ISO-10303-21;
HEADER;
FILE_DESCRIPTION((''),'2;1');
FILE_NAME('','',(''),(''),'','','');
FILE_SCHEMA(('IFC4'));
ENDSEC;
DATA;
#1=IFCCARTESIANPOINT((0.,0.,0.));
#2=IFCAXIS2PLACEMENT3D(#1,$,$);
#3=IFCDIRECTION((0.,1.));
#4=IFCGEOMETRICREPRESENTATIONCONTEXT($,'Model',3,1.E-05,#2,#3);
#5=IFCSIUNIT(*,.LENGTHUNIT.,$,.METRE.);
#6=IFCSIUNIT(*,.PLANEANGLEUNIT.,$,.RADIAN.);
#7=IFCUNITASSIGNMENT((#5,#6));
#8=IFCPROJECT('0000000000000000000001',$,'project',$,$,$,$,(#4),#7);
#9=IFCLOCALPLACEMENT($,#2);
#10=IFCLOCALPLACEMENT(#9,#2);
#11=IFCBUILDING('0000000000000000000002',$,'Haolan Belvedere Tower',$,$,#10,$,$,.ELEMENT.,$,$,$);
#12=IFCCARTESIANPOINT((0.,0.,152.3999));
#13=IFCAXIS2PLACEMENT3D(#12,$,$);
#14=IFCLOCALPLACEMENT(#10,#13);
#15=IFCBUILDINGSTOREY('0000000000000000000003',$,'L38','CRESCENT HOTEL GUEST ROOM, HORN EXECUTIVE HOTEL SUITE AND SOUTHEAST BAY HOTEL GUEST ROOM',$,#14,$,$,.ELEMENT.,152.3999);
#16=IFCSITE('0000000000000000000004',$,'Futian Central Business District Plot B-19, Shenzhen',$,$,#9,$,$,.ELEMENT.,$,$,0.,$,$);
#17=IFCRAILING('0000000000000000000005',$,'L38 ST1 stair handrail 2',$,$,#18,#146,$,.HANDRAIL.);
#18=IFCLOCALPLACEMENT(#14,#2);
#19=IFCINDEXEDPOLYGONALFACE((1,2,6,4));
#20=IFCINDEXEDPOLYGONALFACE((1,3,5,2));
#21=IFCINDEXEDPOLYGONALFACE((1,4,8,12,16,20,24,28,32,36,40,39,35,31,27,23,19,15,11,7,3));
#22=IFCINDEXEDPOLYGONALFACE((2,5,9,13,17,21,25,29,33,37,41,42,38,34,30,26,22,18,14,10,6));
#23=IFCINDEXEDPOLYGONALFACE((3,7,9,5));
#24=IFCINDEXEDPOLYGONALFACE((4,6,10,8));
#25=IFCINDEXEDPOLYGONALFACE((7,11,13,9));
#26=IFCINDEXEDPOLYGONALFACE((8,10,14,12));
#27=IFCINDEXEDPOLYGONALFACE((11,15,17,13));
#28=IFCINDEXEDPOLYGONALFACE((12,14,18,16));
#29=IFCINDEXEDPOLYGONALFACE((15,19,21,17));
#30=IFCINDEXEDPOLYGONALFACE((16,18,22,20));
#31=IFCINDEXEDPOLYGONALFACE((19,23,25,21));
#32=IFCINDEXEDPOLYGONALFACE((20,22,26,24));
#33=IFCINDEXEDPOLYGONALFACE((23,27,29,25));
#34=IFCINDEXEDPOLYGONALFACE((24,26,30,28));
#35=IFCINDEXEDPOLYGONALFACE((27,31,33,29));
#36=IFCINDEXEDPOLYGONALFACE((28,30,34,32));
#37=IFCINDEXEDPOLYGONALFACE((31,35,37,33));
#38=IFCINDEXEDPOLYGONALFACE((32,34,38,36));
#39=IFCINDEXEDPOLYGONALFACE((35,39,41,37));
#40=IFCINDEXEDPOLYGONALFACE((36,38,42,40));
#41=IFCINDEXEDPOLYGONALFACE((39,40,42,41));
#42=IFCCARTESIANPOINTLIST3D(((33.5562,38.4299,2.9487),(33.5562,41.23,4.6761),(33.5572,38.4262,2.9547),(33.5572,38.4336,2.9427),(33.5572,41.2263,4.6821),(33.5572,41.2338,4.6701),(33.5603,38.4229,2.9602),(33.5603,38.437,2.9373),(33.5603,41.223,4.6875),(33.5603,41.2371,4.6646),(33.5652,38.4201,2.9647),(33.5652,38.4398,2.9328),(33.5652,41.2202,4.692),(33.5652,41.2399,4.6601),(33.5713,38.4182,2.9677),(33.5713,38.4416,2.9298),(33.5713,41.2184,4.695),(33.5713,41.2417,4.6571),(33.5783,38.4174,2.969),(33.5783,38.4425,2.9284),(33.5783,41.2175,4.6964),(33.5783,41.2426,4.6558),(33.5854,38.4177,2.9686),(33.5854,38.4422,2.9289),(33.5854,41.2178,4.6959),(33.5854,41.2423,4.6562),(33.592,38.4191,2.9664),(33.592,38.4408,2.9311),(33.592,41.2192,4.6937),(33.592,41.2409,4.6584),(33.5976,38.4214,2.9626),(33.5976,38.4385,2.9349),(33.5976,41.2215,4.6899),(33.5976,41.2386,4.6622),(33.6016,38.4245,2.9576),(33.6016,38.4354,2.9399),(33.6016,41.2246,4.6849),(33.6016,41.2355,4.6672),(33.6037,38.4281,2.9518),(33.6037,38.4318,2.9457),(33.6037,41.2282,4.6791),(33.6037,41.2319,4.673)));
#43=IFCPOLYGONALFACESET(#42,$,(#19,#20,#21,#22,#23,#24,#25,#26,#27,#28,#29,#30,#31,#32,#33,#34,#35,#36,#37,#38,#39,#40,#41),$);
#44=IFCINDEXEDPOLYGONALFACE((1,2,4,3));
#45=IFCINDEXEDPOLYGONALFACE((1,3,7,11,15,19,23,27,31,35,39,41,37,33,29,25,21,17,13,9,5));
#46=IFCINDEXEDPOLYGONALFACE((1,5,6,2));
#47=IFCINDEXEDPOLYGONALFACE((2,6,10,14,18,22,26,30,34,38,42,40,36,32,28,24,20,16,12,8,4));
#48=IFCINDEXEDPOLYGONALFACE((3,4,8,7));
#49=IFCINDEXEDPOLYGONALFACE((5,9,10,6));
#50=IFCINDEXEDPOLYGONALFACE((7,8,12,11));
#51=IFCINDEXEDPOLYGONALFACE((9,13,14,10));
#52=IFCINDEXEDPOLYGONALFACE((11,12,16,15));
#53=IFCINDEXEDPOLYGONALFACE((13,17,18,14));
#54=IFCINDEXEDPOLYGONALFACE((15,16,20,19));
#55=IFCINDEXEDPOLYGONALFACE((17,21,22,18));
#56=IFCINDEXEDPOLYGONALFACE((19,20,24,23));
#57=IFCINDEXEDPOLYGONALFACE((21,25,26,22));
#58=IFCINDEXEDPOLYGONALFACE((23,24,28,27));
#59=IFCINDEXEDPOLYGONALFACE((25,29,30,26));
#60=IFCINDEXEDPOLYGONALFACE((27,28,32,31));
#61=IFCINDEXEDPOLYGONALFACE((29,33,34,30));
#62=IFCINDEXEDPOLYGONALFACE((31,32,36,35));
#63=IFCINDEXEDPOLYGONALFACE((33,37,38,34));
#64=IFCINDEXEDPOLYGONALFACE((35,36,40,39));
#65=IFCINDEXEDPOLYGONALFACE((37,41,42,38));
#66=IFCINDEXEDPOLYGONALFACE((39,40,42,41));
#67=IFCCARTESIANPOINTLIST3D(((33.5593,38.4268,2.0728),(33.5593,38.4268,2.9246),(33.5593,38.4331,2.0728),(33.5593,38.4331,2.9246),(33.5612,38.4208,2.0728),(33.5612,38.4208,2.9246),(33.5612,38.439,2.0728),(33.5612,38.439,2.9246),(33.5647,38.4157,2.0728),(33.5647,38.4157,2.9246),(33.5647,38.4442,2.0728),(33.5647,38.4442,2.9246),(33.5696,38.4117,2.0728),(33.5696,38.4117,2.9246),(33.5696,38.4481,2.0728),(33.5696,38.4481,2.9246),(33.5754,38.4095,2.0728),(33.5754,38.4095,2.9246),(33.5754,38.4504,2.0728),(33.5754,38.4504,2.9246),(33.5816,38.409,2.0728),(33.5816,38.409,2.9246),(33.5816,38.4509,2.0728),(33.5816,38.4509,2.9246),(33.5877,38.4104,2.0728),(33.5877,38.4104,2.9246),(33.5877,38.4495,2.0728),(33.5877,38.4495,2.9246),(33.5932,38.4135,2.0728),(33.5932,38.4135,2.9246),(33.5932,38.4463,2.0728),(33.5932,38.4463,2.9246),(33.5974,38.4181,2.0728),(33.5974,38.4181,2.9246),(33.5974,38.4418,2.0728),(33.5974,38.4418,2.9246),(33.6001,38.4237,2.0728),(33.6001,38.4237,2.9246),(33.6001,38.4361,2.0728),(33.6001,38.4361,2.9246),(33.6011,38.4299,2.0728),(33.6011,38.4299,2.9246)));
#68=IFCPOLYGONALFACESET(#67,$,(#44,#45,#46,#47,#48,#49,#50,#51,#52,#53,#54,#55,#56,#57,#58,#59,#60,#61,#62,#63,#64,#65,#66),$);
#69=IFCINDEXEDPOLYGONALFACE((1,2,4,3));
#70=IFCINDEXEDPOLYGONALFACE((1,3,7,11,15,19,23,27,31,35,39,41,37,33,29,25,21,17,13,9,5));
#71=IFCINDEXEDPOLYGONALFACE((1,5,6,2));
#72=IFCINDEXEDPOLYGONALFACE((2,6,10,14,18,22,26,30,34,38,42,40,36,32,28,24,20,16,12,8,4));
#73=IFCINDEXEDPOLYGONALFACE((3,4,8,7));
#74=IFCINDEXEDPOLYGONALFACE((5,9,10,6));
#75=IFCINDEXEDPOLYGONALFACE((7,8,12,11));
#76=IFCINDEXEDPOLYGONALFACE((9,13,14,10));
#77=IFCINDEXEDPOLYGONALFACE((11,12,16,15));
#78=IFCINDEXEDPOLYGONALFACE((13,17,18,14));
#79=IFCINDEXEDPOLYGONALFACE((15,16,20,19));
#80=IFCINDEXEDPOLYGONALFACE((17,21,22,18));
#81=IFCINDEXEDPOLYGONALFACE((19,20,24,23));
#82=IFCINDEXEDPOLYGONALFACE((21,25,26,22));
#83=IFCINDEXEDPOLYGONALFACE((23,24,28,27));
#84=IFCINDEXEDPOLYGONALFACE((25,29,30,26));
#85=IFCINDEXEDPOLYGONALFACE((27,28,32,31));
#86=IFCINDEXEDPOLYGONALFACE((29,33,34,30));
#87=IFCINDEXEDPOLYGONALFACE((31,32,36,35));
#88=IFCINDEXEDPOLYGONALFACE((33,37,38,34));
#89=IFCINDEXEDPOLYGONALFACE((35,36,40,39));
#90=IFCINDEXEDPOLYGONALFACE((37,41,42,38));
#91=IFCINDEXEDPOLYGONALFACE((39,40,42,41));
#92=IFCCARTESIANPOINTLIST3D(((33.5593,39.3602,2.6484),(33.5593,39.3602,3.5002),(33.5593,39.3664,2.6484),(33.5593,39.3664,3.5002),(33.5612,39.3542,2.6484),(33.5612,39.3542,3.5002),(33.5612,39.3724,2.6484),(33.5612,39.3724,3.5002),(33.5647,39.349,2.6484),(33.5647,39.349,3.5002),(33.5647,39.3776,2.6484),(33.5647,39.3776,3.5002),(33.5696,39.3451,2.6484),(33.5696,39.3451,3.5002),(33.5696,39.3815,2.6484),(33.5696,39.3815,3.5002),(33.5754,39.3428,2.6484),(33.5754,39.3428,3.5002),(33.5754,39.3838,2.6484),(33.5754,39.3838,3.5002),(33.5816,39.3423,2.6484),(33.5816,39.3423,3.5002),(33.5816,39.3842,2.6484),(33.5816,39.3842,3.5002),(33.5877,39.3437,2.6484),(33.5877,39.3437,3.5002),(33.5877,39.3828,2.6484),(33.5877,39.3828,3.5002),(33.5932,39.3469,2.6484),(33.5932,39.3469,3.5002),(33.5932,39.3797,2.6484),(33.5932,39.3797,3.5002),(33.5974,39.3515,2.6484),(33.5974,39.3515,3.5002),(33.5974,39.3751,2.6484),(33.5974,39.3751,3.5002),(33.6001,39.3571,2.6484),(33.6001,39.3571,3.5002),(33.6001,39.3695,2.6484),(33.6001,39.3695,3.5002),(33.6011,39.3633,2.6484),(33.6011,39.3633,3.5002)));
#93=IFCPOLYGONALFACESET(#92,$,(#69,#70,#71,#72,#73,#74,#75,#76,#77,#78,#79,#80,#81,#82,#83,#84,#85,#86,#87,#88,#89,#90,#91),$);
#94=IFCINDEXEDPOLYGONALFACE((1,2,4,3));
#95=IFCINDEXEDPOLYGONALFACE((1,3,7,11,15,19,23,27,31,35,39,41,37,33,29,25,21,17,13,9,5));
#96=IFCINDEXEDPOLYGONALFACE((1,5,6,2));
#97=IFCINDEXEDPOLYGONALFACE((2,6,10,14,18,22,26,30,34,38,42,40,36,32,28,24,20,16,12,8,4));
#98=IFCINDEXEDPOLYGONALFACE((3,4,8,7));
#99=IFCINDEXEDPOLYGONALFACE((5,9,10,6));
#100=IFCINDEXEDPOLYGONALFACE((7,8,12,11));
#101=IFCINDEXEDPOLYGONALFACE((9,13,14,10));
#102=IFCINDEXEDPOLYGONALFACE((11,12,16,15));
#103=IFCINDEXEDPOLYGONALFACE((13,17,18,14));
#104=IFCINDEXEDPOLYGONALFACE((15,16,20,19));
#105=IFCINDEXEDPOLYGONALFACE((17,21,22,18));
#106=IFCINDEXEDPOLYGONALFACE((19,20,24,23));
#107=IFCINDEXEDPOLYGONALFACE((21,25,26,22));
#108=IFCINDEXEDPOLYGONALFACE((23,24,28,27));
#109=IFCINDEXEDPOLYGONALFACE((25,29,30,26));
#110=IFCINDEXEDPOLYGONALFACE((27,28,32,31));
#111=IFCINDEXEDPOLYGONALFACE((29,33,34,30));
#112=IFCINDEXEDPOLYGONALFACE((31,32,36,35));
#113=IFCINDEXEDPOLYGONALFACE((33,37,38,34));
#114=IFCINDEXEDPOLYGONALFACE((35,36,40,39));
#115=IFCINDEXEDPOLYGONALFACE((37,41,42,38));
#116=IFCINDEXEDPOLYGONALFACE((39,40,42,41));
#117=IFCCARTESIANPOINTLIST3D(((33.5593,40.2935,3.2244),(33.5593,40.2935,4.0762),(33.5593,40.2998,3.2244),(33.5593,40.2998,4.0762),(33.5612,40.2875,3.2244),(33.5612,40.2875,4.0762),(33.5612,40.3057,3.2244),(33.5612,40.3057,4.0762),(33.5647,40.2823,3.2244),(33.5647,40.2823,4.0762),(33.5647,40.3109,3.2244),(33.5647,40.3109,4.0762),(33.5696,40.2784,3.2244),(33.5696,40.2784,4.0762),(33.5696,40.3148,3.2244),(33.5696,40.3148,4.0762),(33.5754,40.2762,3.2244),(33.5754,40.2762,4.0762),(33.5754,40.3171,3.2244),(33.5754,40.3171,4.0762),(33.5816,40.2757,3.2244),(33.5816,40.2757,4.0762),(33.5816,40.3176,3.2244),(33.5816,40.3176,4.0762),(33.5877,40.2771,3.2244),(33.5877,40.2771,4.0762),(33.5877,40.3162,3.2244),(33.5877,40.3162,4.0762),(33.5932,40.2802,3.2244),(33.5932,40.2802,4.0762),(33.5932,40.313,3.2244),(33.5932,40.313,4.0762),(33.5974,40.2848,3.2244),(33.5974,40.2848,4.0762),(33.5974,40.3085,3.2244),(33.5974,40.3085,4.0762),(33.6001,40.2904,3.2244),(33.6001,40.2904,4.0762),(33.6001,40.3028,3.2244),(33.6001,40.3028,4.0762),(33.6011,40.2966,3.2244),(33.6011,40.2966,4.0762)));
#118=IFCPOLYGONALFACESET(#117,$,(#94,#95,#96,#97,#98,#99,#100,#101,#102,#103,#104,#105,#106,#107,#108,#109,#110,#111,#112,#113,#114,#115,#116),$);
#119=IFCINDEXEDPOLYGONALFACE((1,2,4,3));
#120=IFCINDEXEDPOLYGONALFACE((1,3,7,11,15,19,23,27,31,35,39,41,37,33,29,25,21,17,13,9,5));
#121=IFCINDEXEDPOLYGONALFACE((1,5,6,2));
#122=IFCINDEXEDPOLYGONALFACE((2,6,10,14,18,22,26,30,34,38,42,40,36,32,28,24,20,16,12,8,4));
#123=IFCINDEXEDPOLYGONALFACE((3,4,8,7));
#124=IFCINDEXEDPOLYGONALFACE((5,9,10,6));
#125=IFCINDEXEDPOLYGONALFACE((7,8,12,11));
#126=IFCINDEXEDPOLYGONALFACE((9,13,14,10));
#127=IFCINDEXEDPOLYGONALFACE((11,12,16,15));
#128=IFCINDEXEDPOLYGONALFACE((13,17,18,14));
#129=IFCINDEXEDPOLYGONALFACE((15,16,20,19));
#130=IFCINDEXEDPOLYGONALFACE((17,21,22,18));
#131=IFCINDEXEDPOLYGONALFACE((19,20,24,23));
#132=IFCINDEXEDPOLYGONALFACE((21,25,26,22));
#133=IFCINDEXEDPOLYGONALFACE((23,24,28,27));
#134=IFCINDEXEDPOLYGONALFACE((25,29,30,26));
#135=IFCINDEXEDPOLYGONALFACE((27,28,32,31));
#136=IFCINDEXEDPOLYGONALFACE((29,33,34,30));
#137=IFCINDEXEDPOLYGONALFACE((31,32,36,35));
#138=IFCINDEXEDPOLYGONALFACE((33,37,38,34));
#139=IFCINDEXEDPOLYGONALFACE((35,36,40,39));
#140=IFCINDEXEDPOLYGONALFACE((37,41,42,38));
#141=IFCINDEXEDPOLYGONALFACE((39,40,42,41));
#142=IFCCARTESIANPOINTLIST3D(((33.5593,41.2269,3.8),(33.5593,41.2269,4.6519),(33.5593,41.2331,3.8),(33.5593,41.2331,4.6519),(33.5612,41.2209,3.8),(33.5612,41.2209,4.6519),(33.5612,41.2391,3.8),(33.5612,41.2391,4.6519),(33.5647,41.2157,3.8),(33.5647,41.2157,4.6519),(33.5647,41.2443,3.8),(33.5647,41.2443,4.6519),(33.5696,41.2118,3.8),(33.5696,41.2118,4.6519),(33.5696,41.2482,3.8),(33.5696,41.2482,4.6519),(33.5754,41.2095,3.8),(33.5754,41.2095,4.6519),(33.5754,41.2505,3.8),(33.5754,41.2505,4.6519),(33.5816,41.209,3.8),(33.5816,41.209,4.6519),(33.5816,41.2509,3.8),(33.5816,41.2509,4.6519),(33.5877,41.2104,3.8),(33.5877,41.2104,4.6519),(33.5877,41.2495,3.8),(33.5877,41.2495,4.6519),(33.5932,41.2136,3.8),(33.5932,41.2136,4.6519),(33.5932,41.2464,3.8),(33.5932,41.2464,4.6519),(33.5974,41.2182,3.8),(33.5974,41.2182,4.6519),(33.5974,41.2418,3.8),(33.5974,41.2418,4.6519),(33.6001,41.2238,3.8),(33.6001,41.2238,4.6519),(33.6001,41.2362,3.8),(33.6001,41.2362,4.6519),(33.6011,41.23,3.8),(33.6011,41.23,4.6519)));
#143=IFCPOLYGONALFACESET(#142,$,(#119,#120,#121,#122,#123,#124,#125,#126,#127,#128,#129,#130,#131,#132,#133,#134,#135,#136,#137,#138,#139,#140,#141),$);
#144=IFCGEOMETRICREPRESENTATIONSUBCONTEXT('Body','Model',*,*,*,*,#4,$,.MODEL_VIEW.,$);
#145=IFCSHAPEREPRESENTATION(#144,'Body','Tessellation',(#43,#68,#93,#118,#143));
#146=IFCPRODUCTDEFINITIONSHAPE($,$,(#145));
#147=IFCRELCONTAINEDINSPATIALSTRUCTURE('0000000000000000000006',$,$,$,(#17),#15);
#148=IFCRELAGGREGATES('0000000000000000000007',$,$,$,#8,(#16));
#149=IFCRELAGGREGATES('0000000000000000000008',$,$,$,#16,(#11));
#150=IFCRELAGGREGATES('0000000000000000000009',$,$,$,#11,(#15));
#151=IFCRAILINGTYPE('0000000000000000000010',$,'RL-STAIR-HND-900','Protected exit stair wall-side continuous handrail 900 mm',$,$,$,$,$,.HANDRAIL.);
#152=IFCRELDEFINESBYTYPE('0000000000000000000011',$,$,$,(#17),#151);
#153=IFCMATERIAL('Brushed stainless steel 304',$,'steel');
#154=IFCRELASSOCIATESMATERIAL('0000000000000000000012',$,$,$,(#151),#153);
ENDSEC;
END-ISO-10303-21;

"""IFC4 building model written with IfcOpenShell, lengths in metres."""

from ifc_helpers import new_model, si_unit, direction, frame, origin, origin_2d, place, context, subcontext, project, spatial, circle, extrude, material, type_object, element, save


model = new_model("IFC4")

# Units and contexts
model_context = context("Model", 3, precision=1e-05, world=origin(), true_north=direction((0.0, 1.0)))
body_context = subcontext(model_context, "Body", "Model", "MODEL_VIEW")
ifc_project = project(units=[si_unit("LENGTHUNIT", "METRE"), si_unit("PLANEANGLEUNIT", "RADIAN")], contexts=[model_context])

# Site, building, storey
site_placement = place(None, origin())
site = spatial("IfcSite", under=ifc_project, at=site_placement, Name="Futian Central Business District Plot B-19, Shenzhen", CompositionType="ELEMENT", RefElevation=0.0)
building_placement = place(site_placement, origin())
building = spatial("IfcBuilding", under=site, at=building_placement, Name="Haolan Belvedere Tower", CompositionType="ELEMENT")
storey_placement = place(building_placement, frame((0.0, 0.0, 152.3999)))
storey = spatial("IfcBuildingStorey", under=building, at=storey_placement, Name="L38", Description="CRESCENT HOTEL GUEST ROOM, HORN EXECUTIVE HOTEL SUITE AND SOUTHEAST BAY HOTEL GUEST ROOM", CompositionType="ELEMENT", Elevation=152.3999)

# Railing
ifc_material_1 = material(Name="Brushed stainless steel 304", Category="steel")
railing_type_1 = type_object("IfcRailingType", Name="RL-STAIR-HND-900", Description="Protected exit stair wall-side continuous handrail 900 mm", PredefinedType="HANDRAIL", material=ifc_material_1)
railing_1_placement = place(storey_placement, frame((33.5801, 38.4299, 2.0728)))
element("IfcRailing", 1, at=railing_1_placement, inside=storey, type_object=railing_type_1, Name="L38 ST1 stair handrail 2", PredefinedType="HANDRAIL", context=body_context, shape_type="SweptSolid", body=[
    extrude(circle(Radius=0.0239, at=origin_2d()), frame((0.0, 0.0, 0.876), z_axis=(0.0, 0.85109, 0.52502), x_axis=(-1.0, 0.0, 0.0)), (0.0, 0.0, 1.0), 3.29),
    extrude(circle(Radius=0.021, at=origin_2d()), origin(), (0.0, 0.0, 1.0), 0.8518),
    extrude(circle(Radius=0.021, at=origin_2d()), frame((0.0, 0.9333, 0.5757)), (0.0, 0.0, 1.0), 0.8518),
    extrude(circle(Radius=0.021, at=origin_2d()), frame((0.0, 1.8667, 1.1516)), (0.0, 0.0, 1.0), 0.8518),
    extrude(circle(Radius=0.021, at=origin_2d()), frame((0.0, 2.8, 1.7273)), (0.0, 0.0, 1.0), 0.8518),
])

save(model, "model.ifc")
